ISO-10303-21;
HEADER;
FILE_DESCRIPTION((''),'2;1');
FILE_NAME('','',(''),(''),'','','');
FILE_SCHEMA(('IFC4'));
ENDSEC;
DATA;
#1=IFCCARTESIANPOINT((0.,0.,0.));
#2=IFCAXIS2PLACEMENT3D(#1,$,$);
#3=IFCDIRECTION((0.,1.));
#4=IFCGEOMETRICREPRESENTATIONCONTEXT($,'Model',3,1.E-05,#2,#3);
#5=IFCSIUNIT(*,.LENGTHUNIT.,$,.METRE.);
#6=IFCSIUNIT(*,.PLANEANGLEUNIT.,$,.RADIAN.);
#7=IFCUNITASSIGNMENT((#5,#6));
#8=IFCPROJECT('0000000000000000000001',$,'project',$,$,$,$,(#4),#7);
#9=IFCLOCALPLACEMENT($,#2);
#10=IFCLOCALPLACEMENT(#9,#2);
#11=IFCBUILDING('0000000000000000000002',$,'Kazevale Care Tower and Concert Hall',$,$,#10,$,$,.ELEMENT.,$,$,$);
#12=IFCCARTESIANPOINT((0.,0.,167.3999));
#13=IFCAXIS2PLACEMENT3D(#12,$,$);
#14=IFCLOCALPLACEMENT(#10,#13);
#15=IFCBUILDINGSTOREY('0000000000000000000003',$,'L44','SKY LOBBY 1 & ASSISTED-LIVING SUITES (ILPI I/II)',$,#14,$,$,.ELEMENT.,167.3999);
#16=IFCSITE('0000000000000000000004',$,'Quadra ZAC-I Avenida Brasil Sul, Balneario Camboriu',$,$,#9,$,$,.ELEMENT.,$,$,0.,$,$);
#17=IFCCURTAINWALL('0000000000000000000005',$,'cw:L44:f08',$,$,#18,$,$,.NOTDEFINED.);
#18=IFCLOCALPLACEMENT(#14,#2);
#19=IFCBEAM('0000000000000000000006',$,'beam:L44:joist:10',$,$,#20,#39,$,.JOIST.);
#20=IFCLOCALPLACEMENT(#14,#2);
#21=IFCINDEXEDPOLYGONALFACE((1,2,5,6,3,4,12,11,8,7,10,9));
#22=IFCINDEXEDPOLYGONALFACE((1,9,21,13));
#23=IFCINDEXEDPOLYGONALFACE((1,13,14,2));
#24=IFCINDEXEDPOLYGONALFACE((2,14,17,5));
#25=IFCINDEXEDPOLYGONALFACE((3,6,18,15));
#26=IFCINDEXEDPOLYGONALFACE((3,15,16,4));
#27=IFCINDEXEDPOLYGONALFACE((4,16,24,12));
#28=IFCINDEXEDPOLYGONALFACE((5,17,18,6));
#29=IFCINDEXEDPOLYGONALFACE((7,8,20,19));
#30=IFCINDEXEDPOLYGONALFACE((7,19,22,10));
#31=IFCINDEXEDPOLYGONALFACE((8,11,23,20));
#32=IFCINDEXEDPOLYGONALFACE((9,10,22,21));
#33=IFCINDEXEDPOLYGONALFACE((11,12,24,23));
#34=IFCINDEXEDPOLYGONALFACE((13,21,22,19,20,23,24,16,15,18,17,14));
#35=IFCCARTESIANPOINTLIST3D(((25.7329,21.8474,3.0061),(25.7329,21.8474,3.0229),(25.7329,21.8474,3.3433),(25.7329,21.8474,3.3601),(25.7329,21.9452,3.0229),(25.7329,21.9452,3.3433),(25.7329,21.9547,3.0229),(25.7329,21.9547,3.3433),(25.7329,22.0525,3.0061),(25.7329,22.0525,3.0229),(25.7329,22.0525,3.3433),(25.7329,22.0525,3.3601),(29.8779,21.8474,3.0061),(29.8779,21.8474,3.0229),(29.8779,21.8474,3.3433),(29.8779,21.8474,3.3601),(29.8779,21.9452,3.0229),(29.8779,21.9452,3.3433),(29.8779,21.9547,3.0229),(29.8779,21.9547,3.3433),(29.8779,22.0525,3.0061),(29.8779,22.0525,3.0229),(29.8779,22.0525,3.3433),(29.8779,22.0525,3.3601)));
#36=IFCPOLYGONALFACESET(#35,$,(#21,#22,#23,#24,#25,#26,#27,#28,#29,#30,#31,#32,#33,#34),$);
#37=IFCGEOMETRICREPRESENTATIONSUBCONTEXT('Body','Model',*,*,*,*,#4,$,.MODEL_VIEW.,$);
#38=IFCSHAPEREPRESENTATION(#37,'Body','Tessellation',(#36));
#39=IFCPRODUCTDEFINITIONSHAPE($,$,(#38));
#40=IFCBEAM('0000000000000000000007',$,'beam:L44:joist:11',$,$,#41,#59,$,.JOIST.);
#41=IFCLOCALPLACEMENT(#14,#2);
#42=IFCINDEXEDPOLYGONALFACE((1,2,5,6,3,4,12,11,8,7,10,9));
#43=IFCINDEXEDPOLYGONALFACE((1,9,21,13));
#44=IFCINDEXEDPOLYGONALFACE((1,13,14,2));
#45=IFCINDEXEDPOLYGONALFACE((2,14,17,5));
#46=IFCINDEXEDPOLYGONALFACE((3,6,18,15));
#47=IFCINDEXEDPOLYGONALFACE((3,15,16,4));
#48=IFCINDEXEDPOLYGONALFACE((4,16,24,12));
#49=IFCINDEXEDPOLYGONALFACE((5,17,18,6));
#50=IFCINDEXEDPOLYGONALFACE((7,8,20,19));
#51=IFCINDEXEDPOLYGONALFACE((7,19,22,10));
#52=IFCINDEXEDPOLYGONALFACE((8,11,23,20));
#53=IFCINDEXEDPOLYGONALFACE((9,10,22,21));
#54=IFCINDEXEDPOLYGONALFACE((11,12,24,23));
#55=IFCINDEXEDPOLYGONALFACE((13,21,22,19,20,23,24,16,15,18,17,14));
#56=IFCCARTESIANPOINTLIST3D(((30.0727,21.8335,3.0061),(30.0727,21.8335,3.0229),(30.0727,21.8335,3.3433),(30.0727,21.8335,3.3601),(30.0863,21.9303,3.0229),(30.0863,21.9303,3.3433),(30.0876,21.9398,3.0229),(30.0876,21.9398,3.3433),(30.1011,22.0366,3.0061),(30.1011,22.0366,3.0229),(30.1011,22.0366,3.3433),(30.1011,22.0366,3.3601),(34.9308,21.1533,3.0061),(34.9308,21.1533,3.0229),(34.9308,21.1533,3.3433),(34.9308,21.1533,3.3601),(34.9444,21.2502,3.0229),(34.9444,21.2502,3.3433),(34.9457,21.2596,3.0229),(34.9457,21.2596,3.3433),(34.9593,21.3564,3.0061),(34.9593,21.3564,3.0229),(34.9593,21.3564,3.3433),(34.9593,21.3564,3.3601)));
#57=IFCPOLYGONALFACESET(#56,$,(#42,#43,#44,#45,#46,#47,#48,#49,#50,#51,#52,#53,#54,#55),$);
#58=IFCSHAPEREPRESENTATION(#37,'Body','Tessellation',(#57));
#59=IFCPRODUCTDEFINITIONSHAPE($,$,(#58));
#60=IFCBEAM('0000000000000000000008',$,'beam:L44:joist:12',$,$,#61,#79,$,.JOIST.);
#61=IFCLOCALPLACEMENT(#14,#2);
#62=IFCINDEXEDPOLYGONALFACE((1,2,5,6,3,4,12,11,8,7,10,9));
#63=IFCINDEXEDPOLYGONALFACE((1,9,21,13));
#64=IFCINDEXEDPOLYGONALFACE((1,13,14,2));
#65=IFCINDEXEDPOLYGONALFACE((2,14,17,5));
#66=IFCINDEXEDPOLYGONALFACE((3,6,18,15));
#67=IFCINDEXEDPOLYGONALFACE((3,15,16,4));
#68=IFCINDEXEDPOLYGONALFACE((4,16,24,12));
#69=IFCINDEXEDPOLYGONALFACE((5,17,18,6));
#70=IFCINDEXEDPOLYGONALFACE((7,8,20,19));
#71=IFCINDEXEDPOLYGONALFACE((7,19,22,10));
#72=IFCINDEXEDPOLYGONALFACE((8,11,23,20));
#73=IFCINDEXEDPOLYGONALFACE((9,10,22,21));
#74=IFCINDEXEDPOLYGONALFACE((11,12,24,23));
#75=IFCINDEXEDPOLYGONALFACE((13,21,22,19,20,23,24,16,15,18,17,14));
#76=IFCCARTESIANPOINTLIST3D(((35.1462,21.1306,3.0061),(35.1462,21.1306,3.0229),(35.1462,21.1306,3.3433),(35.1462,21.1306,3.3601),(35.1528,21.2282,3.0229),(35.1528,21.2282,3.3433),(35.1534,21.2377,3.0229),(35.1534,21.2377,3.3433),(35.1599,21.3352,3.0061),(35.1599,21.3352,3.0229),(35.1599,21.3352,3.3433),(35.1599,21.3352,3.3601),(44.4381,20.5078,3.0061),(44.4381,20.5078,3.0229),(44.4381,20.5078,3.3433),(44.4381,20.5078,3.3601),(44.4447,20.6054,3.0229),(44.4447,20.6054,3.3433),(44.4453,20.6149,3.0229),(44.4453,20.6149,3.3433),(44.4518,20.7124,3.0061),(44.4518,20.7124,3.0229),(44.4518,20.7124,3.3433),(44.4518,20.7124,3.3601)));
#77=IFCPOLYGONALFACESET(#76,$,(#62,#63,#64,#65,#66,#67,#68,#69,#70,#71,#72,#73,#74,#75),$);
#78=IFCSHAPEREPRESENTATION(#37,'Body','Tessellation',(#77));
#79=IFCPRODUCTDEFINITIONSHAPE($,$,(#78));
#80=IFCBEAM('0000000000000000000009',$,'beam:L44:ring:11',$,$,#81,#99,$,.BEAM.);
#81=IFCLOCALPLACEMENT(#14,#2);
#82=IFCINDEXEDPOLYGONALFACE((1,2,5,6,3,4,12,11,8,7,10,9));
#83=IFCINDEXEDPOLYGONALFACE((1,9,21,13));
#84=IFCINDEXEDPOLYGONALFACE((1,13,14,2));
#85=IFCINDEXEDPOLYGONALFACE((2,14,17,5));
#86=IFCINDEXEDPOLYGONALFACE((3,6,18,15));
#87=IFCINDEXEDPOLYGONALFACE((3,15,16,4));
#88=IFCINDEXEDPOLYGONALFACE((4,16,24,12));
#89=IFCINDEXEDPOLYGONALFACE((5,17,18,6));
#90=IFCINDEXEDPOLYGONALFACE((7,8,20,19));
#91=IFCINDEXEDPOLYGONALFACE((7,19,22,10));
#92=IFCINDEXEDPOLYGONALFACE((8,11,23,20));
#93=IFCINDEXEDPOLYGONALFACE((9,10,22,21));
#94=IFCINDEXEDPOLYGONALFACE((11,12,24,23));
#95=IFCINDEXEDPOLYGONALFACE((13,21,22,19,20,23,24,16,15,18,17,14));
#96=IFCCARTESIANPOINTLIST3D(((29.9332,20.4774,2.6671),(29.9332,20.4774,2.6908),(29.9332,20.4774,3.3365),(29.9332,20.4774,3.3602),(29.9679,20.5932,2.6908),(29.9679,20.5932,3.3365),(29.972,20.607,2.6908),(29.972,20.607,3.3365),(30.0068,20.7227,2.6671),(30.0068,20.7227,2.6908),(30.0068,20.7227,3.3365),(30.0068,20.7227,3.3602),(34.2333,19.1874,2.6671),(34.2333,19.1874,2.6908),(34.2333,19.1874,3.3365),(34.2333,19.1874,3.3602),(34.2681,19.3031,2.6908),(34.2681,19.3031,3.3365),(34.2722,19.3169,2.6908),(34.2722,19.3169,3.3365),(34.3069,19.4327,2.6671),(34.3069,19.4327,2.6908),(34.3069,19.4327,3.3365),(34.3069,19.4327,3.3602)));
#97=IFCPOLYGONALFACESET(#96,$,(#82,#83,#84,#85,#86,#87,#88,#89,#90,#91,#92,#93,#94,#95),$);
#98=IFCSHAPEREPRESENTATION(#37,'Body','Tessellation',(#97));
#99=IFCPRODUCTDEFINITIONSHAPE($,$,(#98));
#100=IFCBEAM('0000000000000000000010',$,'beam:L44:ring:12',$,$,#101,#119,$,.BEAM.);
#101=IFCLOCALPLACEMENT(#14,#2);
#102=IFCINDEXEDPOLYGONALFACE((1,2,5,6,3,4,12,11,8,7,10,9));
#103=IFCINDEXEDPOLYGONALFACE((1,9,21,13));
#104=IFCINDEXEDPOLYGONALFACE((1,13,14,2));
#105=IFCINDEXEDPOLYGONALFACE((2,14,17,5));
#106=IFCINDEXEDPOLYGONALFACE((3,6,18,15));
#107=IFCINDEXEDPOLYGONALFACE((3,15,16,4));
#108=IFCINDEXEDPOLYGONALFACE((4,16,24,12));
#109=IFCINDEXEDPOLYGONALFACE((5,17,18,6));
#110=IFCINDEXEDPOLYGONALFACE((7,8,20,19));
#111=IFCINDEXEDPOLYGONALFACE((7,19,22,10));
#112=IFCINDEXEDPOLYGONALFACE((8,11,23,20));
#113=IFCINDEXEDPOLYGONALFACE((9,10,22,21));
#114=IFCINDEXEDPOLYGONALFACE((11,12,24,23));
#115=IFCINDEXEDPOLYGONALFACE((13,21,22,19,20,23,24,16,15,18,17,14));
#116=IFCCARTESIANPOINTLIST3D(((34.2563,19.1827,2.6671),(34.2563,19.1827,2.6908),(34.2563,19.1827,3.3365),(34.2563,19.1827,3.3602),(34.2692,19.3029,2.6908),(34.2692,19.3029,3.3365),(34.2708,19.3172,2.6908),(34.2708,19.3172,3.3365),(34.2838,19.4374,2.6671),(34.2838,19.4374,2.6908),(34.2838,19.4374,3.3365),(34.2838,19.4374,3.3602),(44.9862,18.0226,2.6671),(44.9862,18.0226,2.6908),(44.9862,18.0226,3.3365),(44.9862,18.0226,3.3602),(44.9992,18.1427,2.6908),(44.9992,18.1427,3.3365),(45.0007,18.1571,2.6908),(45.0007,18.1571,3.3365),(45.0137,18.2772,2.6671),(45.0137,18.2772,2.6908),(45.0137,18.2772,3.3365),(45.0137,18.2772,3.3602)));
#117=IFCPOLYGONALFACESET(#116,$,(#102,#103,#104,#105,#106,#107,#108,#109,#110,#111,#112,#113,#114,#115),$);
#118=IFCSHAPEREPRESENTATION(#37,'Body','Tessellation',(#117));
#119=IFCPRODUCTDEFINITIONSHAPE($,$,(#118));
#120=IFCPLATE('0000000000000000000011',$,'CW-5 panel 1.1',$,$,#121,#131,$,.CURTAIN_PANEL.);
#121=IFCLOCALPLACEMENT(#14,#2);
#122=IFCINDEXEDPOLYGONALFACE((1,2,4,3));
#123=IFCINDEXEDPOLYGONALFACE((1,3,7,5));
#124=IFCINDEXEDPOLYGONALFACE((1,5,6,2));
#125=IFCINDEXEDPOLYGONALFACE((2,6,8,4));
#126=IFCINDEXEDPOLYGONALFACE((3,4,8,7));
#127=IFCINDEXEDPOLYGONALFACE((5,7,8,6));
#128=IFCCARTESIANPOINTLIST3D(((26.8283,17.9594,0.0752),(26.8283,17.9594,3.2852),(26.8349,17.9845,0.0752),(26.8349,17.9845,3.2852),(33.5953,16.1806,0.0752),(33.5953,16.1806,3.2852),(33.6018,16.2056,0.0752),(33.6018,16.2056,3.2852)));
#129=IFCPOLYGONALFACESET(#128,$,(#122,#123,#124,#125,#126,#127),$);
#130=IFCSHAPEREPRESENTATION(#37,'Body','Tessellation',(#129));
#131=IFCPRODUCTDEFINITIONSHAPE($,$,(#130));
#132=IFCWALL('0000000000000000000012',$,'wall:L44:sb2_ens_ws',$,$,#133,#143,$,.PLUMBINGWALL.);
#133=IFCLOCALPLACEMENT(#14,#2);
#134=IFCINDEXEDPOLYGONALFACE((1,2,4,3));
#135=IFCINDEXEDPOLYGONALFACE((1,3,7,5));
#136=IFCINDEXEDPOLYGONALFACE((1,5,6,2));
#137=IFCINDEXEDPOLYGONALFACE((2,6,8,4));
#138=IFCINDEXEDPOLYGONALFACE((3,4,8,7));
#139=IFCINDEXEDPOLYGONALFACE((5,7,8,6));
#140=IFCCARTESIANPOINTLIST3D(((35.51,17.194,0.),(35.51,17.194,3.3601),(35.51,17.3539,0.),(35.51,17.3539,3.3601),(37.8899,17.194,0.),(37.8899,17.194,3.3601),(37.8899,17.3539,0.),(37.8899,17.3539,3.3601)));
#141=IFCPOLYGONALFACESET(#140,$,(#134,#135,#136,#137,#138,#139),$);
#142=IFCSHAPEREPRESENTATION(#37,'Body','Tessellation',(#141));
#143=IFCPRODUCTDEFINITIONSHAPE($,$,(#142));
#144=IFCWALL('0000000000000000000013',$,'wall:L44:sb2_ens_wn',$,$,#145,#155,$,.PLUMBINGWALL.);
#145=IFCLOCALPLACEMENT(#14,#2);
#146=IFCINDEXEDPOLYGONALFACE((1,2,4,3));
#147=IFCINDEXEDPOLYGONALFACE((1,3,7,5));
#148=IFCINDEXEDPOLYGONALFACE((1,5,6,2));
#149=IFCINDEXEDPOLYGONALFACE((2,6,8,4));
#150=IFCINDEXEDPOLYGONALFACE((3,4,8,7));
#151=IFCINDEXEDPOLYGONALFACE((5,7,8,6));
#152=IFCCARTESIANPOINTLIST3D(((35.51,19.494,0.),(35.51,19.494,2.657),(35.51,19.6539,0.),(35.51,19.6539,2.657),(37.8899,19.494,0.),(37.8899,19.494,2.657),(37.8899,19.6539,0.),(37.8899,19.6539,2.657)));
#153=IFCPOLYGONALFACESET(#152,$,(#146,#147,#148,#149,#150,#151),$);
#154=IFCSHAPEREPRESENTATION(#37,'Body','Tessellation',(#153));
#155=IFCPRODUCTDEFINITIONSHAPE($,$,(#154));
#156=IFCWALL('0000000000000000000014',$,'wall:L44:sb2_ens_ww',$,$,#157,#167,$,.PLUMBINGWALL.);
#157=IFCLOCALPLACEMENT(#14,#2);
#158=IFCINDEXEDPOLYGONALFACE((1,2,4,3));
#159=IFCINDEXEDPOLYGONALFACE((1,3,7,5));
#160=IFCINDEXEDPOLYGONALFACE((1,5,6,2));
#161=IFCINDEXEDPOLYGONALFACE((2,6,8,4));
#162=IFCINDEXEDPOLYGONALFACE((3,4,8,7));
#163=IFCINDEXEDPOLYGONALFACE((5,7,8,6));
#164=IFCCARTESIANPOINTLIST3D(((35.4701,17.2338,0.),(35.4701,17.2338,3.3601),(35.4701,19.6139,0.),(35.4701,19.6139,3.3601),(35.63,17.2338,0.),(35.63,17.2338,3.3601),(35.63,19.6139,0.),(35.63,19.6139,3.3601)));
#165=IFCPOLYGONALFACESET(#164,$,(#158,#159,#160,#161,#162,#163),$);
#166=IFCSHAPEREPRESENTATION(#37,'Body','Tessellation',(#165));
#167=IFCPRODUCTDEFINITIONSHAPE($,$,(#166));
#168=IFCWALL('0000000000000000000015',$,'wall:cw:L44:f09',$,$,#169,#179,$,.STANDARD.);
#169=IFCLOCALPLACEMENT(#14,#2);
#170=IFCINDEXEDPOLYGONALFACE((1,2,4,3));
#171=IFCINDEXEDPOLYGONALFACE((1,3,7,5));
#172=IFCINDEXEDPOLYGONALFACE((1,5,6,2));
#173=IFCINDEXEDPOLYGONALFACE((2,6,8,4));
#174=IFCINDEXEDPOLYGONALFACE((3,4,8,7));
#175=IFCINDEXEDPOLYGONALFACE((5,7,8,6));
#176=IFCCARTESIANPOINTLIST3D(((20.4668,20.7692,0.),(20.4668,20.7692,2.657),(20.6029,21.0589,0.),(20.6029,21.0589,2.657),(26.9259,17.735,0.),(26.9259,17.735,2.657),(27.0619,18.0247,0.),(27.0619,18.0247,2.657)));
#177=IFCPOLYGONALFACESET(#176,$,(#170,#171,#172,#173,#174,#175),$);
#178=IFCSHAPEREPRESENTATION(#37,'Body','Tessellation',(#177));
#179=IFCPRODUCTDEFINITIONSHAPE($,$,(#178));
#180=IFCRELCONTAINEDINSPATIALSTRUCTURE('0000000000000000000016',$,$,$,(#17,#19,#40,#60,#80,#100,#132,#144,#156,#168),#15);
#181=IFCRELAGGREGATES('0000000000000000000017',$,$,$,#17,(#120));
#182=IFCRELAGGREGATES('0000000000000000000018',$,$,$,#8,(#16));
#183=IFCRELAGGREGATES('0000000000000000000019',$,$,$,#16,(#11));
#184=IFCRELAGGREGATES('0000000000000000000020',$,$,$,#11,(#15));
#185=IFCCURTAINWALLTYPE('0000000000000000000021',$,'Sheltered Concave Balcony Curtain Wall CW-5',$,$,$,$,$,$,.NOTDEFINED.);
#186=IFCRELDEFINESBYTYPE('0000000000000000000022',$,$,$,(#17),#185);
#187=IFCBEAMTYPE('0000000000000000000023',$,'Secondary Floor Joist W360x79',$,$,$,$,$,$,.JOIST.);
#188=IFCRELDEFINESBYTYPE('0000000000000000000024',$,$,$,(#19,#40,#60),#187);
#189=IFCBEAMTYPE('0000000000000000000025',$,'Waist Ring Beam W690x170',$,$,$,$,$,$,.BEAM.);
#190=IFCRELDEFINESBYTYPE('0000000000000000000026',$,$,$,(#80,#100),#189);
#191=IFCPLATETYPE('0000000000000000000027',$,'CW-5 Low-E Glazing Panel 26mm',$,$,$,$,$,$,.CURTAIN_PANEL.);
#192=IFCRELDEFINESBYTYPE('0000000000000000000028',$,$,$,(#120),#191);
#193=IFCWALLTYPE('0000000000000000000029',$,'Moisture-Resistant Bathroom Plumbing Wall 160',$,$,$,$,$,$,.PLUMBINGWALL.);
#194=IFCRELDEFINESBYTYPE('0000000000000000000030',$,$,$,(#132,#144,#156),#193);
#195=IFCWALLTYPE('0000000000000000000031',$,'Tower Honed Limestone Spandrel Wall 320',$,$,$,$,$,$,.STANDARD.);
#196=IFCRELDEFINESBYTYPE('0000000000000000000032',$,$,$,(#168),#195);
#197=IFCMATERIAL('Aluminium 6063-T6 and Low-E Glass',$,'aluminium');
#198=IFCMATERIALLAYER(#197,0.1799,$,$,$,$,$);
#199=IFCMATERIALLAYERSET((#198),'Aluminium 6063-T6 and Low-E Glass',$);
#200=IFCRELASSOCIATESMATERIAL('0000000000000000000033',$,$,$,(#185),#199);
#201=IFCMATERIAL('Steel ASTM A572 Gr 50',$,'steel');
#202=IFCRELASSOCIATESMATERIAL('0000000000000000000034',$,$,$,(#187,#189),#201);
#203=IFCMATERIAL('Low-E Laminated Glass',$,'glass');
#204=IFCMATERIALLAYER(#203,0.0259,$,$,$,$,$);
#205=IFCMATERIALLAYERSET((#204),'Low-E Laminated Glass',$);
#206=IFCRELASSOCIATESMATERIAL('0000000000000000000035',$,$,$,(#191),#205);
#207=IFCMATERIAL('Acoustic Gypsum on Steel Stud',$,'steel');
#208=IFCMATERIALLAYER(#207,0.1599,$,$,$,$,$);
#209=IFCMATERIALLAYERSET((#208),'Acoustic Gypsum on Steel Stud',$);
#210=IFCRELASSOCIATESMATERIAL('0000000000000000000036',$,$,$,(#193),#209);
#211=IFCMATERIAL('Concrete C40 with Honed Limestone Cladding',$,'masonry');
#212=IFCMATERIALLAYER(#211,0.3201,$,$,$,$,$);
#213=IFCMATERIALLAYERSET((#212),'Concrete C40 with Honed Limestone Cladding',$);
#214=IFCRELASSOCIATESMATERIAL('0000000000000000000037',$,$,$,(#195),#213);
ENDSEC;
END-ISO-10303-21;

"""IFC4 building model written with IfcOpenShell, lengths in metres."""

from ifc_helpers import new_model, si_unit, direction, frame, frame_2d, origin, origin_2d, place, context, subcontext, project, spatial, rectangle, i_section, extrude, material, layer, layer_set, material_profile, profile_set, type_object, element, aggregate, save


model = new_model("IFC4")

# Units and contexts
model_context = context("Model", 3, precision=1e-05, world=origin(), true_north=direction((0.0, 1.0)))
body_context = subcontext(model_context, "Body", "Model", "MODEL_VIEW")
ifc_project = project(units=[si_unit("LENGTHUNIT", "METRE"), si_unit("PLANEANGLEUNIT", "RADIAN")], contexts=[model_context])

# Site, building, storey
site_placement = place(None, origin())
site = spatial("IfcSite", under=ifc_project, at=site_placement, Name="Quadra ZAC-I Avenida Brasil Sul, Balneario Camboriu", CompositionType="ELEMENT", RefElevation=0.0)
building_placement = place(site_placement, origin())
building = spatial("IfcBuilding", under=site, at=building_placement, Name="Kazevale Care Tower and Concert Hall", CompositionType="ELEMENT")
storey_placement = place(building_placement, frame((0.0, 0.0, 167.3999)))
storey = spatial("IfcBuildingStorey", under=building, at=storey_placement, Name="L44", Description="SKY LOBBY 1 & ASSISTED-LIVING SUITES (ILPI I/II)", CompositionType="ELEMENT", Elevation=167.3999)

# Shared definitions
ifc_material_1 = material(Name="Aluminium 6063-T6 and Low-E Glass", Category="aluminium")
ifc_layer_1 = layer(ifc_material_1, 0.1799)
ifc_layer_set_1 = layer_set([ifc_layer_1], Name="Aluminium 6063-T6 and Low-E Glass")
curtain_wall_type = type_object("IfcCurtainWallType", Name="Sheltered Concave Balcony Curtain Wall CW-5", PredefinedType="NOTDEFINED", material=ifc_layer_set_1)

# Curtain wall
curtain_wall_1_placement = place(storey_placement, origin())
curtain_wall_1 = element("IfcCurtainWall", 1, at=curtain_wall_1_placement, inside=storey, type_object=curtain_wall_type, Name="cw:L44:f08", PredefinedType="NOTDEFINED")

# Beams
ifc_material_2 = material(Name="Steel ASTM A572 Gr 50", Category="steel")
ifc_material_profile_1 = material_profile(ifc_material_2, i_section(OverallWidth=0.2051, OverallDepth=0.354, WebThickness=0.0095, FlangeThickness=0.0168, at=origin_2d()), Name="W360x79")
ifc_profile_set_1 = profile_set([ifc_material_profile_1], Name="Steel ASTM A572 Gr 50")
beam_type_1 = type_object("IfcBeamType", Name="Secondary Floor Joist W360x79", PredefinedType="JOIST", material=ifc_profile_set_1)
beam_1_placement = place(storey_placement, frame((25.7329, 21.95, 3.1831), z_axis=(1.0, 0.0, 0.0), x_axis=(0.0, 1.0, 0.0)))
element("IfcBeam", 2, at=beam_1_placement, inside=storey, type_object=beam_type_1, Name="beam:L44:joist:10", PredefinedType="JOIST", context=body_context, shape_type="SweptSolid", body=[
    extrude(i_section(OverallWidth=0.2051, OverallDepth=0.354, WebThickness=0.0095, FlangeThickness=0.0168, at=origin_2d()), origin(), (0.0, 0.0, 1.0), 4.145),
])
beam_2_placement = place(storey_placement, frame((30.0869, 21.9351, 3.1831), z_axis=(0.990341, -0.138655, 0.0), x_axis=(0.138655, 0.990341, 0.0)))
element("IfcBeam", 3, at=beam_2_placement, inside=storey, type_object=beam_type_1, Name="beam:L44:joist:11", PredefinedType="JOIST", context=body_context, shape_type="SweptSolid", body=[
    extrude(i_section(OverallWidth=0.2051, OverallDepth=0.354, WebThickness=0.0095, FlangeThickness=0.0168, at=origin_2d()), origin(), (0.0, 0.0, 1.0), 4.9055),
])
beam_3_placement = place(storey_placement, frame((35.1531, 21.2329, 3.1831), z_axis=(0.997761, -0.066876, 0.0), x_axis=(0.066876, 0.997761, 0.0)))
element("IfcBeam", 4, at=beam_3_placement, inside=storey, type_object=beam_type_1, Name="beam:L44:joist:12", PredefinedType="JOIST", context=body_context, shape_type="SweptSolid", body=[
    extrude(i_section(OverallWidth=0.2051, OverallDepth=0.354, WebThickness=0.0095, FlangeThickness=0.0168, at=origin_2d()), origin(), (0.0, 0.0, 1.0), 9.3127),
])
ifc_material_profile_2 = material_profile(ifc_material_2, i_section(OverallWidth=0.2561, OverallDepth=0.6931, WebThickness=0.0144, FlangeThickness=0.0237, at=origin_2d()), Name="W690x170")
ifc_profile_set_2 = profile_set([ifc_material_profile_2], Name="Steel ASTM A572 Gr 50")
beam_type_2 = type_object("IfcBeamType", Name="Waist Ring Beam W690x170", PredefinedType="BEAM", material=ifc_profile_set_2)
beam_4_placement = place(storey_placement, frame((29.97, 20.6001, 3.0137), z_axis=(0.957825, -0.287353, 0.0), x_axis=(0.287353, 0.957825, 0.0)))
element("IfcBeam", 5, at=beam_4_placement, inside=storey, type_object=beam_type_2, Name="beam:L44:ring:11", PredefinedType="BEAM", context=body_context, shape_type="SweptSolid", body=[
    extrude(i_section(OverallWidth=0.2561, OverallDepth=0.6931, WebThickness=0.0144, FlangeThickness=0.0237, at=origin_2d()), origin(), (0.0, 0.0, 1.0), 4.4895),
])
beam_5_placement = place(storey_placement, frame((34.27, 19.3101, 3.0137), z_axis=(0.994205, -0.107496, 0.0), x_axis=(0.107496, 0.994205, 0.0)))
element("IfcBeam", 6, at=beam_5_placement, inside=storey, type_object=beam_type_2, Name="beam:L44:ring:12", PredefinedType="BEAM", context=body_context, shape_type="SweptSolid", body=[
    extrude(i_section(OverallWidth=0.2561, OverallDepth=0.6931, WebThickness=0.0144, FlangeThickness=0.0237, at=origin_2d()), origin(), (0.0, 0.0, 1.0), 10.7925),
])

# Plate
ifc_material_3 = material(Name="Low-E Laminated Glass", Category="glass")
ifc_layer_2 = layer(ifc_material_3, 0.0259)
ifc_layer_set_2 = layer_set([ifc_layer_2], Name="Low-E Laminated Glass")
plate_type = type_object("IfcPlateType", Name="CW-5 Low-E Glazing Panel 26mm", PredefinedType="CURTAIN_PANEL", material=ifc_layer_set_2)
plate_placement = place(storey_placement, frame((30.2151, 17.0825, 0.0752), z_axis=(0.0, 0.0, 1.0), x_axis=(-0.967142, 0.254238, 0.0)))
plate = element("IfcPlate", 7, at=plate_placement, type_object=plate_type, Name="CW-5 panel 1.1", PredefinedType="CURTAIN_PANEL", context=body_context, shape_type="SweptSolid", body=[
    extrude(rectangle(XDim=6.9968, YDim=0.0259, at=origin_2d()), origin(), (0.0, 0.0, 1.0), 3.21),
])
aggregate(curtain_wall_1, [plate])

# Walls
ifc_material_4 = material(Name="Acoustic Gypsum on Steel Stud", Category="steel")
ifc_layer_3 = layer(ifc_material_4, 0.1599)
ifc_layer_set_3 = layer_set([ifc_layer_3], Name="Acoustic Gypsum on Steel Stud")
wall_type_1 = type_object("IfcWallType", Name="Moisture-Resistant Bathroom Plumbing Wall 160", PredefinedType="PLUMBINGWALL", material=ifc_layer_set_3)
wall_1_placement = place(storey_placement, frame((35.51, 17.2739, 0.0), z_axis=(0.0, 0.0, 1.0), x_axis=(1.0, 0.0, 0.0)))
element("IfcWall", 8, at=wall_1_placement, inside=storey, type_object=wall_type_1, Name="wall:L44:sb2_ens_ws", PredefinedType="PLUMBINGWALL", context=body_context, shape_type="SweptSolid", body=[
    extrude(rectangle(XDim=2.3799, YDim=0.1599, at=frame_2d((1.1899, 0.0))), origin(), (0.0, 0.0, 1.0), 3.3601),
])
wall_2_placement = place(storey_placement, frame((35.51, 19.574, 0.0), z_axis=(0.0, 0.0, 1.0), x_axis=(1.0, 0.0, 0.0)))
element("IfcWall", 9, at=wall_2_placement, inside=storey, type_object=wall_type_1, Name="wall:L44:sb2_ens_wn", PredefinedType="PLUMBINGWALL", context=body_context, shape_type="SweptSolid", body=[
    extrude(rectangle(XDim=2.3799, YDim=0.1599, at=frame_2d((1.1899, 0.0))), origin(), (0.0, 0.0, 1.0), 2.657),
])
wall_3_placement = place(storey_placement, frame((35.55, 17.2339, 0.0), z_axis=(0.0, 0.0, 1.0), x_axis=(0.0, 1.0, 0.0)))
element("IfcWall", 10, at=wall_3_placement, inside=storey, type_object=wall_type_1, Name="wall:L44:sb2_ens_ww", PredefinedType="PLUMBINGWALL", context=body_context, shape_type="SweptSolid", body=[
    extrude(rectangle(XDim=2.3801, YDim=0.1599, at=frame_2d((1.1899, 0.0))), origin(), (0.0, 0.0, 1.0), 3.3601),
])
ifc_material_5 = material(Name="Concrete C40 with Honed Limestone Cladding", Category="masonry")
ifc_layer_4 = layer(ifc_material_5, 0.3201)
ifc_layer_set_4 = layer_set([ifc_layer_4], Name="Concrete C40 with Honed Limestone Cladding")
wall_type_2 = type_object("IfcWallType", Name="Tower Honed Limestone Spandrel Wall 320", PredefinedType="STANDARD", material=ifc_layer_set_4)
wall_4_placement = place(storey_placement, frame((26.9939, 17.8799, 0.0), z_axis=(0.0, 0.0, 1.0), x_axis=(-0.905107, 0.425184, 0.0)))
element("IfcWall", 11, at=wall_4_placement, inside=storey, type_object=wall_type_2, Name="wall:cw:L44:f09", PredefinedType="STANDARD", context=body_context, shape_type="SweptSolid", body=[
    extrude(rectangle(XDim=7.1362, YDim=0.3201, at=frame_2d((3.5681, 0.0))), origin(), (0.0, 0.0, 1.0), 2.657),
])

save(model, "model.ifc")
